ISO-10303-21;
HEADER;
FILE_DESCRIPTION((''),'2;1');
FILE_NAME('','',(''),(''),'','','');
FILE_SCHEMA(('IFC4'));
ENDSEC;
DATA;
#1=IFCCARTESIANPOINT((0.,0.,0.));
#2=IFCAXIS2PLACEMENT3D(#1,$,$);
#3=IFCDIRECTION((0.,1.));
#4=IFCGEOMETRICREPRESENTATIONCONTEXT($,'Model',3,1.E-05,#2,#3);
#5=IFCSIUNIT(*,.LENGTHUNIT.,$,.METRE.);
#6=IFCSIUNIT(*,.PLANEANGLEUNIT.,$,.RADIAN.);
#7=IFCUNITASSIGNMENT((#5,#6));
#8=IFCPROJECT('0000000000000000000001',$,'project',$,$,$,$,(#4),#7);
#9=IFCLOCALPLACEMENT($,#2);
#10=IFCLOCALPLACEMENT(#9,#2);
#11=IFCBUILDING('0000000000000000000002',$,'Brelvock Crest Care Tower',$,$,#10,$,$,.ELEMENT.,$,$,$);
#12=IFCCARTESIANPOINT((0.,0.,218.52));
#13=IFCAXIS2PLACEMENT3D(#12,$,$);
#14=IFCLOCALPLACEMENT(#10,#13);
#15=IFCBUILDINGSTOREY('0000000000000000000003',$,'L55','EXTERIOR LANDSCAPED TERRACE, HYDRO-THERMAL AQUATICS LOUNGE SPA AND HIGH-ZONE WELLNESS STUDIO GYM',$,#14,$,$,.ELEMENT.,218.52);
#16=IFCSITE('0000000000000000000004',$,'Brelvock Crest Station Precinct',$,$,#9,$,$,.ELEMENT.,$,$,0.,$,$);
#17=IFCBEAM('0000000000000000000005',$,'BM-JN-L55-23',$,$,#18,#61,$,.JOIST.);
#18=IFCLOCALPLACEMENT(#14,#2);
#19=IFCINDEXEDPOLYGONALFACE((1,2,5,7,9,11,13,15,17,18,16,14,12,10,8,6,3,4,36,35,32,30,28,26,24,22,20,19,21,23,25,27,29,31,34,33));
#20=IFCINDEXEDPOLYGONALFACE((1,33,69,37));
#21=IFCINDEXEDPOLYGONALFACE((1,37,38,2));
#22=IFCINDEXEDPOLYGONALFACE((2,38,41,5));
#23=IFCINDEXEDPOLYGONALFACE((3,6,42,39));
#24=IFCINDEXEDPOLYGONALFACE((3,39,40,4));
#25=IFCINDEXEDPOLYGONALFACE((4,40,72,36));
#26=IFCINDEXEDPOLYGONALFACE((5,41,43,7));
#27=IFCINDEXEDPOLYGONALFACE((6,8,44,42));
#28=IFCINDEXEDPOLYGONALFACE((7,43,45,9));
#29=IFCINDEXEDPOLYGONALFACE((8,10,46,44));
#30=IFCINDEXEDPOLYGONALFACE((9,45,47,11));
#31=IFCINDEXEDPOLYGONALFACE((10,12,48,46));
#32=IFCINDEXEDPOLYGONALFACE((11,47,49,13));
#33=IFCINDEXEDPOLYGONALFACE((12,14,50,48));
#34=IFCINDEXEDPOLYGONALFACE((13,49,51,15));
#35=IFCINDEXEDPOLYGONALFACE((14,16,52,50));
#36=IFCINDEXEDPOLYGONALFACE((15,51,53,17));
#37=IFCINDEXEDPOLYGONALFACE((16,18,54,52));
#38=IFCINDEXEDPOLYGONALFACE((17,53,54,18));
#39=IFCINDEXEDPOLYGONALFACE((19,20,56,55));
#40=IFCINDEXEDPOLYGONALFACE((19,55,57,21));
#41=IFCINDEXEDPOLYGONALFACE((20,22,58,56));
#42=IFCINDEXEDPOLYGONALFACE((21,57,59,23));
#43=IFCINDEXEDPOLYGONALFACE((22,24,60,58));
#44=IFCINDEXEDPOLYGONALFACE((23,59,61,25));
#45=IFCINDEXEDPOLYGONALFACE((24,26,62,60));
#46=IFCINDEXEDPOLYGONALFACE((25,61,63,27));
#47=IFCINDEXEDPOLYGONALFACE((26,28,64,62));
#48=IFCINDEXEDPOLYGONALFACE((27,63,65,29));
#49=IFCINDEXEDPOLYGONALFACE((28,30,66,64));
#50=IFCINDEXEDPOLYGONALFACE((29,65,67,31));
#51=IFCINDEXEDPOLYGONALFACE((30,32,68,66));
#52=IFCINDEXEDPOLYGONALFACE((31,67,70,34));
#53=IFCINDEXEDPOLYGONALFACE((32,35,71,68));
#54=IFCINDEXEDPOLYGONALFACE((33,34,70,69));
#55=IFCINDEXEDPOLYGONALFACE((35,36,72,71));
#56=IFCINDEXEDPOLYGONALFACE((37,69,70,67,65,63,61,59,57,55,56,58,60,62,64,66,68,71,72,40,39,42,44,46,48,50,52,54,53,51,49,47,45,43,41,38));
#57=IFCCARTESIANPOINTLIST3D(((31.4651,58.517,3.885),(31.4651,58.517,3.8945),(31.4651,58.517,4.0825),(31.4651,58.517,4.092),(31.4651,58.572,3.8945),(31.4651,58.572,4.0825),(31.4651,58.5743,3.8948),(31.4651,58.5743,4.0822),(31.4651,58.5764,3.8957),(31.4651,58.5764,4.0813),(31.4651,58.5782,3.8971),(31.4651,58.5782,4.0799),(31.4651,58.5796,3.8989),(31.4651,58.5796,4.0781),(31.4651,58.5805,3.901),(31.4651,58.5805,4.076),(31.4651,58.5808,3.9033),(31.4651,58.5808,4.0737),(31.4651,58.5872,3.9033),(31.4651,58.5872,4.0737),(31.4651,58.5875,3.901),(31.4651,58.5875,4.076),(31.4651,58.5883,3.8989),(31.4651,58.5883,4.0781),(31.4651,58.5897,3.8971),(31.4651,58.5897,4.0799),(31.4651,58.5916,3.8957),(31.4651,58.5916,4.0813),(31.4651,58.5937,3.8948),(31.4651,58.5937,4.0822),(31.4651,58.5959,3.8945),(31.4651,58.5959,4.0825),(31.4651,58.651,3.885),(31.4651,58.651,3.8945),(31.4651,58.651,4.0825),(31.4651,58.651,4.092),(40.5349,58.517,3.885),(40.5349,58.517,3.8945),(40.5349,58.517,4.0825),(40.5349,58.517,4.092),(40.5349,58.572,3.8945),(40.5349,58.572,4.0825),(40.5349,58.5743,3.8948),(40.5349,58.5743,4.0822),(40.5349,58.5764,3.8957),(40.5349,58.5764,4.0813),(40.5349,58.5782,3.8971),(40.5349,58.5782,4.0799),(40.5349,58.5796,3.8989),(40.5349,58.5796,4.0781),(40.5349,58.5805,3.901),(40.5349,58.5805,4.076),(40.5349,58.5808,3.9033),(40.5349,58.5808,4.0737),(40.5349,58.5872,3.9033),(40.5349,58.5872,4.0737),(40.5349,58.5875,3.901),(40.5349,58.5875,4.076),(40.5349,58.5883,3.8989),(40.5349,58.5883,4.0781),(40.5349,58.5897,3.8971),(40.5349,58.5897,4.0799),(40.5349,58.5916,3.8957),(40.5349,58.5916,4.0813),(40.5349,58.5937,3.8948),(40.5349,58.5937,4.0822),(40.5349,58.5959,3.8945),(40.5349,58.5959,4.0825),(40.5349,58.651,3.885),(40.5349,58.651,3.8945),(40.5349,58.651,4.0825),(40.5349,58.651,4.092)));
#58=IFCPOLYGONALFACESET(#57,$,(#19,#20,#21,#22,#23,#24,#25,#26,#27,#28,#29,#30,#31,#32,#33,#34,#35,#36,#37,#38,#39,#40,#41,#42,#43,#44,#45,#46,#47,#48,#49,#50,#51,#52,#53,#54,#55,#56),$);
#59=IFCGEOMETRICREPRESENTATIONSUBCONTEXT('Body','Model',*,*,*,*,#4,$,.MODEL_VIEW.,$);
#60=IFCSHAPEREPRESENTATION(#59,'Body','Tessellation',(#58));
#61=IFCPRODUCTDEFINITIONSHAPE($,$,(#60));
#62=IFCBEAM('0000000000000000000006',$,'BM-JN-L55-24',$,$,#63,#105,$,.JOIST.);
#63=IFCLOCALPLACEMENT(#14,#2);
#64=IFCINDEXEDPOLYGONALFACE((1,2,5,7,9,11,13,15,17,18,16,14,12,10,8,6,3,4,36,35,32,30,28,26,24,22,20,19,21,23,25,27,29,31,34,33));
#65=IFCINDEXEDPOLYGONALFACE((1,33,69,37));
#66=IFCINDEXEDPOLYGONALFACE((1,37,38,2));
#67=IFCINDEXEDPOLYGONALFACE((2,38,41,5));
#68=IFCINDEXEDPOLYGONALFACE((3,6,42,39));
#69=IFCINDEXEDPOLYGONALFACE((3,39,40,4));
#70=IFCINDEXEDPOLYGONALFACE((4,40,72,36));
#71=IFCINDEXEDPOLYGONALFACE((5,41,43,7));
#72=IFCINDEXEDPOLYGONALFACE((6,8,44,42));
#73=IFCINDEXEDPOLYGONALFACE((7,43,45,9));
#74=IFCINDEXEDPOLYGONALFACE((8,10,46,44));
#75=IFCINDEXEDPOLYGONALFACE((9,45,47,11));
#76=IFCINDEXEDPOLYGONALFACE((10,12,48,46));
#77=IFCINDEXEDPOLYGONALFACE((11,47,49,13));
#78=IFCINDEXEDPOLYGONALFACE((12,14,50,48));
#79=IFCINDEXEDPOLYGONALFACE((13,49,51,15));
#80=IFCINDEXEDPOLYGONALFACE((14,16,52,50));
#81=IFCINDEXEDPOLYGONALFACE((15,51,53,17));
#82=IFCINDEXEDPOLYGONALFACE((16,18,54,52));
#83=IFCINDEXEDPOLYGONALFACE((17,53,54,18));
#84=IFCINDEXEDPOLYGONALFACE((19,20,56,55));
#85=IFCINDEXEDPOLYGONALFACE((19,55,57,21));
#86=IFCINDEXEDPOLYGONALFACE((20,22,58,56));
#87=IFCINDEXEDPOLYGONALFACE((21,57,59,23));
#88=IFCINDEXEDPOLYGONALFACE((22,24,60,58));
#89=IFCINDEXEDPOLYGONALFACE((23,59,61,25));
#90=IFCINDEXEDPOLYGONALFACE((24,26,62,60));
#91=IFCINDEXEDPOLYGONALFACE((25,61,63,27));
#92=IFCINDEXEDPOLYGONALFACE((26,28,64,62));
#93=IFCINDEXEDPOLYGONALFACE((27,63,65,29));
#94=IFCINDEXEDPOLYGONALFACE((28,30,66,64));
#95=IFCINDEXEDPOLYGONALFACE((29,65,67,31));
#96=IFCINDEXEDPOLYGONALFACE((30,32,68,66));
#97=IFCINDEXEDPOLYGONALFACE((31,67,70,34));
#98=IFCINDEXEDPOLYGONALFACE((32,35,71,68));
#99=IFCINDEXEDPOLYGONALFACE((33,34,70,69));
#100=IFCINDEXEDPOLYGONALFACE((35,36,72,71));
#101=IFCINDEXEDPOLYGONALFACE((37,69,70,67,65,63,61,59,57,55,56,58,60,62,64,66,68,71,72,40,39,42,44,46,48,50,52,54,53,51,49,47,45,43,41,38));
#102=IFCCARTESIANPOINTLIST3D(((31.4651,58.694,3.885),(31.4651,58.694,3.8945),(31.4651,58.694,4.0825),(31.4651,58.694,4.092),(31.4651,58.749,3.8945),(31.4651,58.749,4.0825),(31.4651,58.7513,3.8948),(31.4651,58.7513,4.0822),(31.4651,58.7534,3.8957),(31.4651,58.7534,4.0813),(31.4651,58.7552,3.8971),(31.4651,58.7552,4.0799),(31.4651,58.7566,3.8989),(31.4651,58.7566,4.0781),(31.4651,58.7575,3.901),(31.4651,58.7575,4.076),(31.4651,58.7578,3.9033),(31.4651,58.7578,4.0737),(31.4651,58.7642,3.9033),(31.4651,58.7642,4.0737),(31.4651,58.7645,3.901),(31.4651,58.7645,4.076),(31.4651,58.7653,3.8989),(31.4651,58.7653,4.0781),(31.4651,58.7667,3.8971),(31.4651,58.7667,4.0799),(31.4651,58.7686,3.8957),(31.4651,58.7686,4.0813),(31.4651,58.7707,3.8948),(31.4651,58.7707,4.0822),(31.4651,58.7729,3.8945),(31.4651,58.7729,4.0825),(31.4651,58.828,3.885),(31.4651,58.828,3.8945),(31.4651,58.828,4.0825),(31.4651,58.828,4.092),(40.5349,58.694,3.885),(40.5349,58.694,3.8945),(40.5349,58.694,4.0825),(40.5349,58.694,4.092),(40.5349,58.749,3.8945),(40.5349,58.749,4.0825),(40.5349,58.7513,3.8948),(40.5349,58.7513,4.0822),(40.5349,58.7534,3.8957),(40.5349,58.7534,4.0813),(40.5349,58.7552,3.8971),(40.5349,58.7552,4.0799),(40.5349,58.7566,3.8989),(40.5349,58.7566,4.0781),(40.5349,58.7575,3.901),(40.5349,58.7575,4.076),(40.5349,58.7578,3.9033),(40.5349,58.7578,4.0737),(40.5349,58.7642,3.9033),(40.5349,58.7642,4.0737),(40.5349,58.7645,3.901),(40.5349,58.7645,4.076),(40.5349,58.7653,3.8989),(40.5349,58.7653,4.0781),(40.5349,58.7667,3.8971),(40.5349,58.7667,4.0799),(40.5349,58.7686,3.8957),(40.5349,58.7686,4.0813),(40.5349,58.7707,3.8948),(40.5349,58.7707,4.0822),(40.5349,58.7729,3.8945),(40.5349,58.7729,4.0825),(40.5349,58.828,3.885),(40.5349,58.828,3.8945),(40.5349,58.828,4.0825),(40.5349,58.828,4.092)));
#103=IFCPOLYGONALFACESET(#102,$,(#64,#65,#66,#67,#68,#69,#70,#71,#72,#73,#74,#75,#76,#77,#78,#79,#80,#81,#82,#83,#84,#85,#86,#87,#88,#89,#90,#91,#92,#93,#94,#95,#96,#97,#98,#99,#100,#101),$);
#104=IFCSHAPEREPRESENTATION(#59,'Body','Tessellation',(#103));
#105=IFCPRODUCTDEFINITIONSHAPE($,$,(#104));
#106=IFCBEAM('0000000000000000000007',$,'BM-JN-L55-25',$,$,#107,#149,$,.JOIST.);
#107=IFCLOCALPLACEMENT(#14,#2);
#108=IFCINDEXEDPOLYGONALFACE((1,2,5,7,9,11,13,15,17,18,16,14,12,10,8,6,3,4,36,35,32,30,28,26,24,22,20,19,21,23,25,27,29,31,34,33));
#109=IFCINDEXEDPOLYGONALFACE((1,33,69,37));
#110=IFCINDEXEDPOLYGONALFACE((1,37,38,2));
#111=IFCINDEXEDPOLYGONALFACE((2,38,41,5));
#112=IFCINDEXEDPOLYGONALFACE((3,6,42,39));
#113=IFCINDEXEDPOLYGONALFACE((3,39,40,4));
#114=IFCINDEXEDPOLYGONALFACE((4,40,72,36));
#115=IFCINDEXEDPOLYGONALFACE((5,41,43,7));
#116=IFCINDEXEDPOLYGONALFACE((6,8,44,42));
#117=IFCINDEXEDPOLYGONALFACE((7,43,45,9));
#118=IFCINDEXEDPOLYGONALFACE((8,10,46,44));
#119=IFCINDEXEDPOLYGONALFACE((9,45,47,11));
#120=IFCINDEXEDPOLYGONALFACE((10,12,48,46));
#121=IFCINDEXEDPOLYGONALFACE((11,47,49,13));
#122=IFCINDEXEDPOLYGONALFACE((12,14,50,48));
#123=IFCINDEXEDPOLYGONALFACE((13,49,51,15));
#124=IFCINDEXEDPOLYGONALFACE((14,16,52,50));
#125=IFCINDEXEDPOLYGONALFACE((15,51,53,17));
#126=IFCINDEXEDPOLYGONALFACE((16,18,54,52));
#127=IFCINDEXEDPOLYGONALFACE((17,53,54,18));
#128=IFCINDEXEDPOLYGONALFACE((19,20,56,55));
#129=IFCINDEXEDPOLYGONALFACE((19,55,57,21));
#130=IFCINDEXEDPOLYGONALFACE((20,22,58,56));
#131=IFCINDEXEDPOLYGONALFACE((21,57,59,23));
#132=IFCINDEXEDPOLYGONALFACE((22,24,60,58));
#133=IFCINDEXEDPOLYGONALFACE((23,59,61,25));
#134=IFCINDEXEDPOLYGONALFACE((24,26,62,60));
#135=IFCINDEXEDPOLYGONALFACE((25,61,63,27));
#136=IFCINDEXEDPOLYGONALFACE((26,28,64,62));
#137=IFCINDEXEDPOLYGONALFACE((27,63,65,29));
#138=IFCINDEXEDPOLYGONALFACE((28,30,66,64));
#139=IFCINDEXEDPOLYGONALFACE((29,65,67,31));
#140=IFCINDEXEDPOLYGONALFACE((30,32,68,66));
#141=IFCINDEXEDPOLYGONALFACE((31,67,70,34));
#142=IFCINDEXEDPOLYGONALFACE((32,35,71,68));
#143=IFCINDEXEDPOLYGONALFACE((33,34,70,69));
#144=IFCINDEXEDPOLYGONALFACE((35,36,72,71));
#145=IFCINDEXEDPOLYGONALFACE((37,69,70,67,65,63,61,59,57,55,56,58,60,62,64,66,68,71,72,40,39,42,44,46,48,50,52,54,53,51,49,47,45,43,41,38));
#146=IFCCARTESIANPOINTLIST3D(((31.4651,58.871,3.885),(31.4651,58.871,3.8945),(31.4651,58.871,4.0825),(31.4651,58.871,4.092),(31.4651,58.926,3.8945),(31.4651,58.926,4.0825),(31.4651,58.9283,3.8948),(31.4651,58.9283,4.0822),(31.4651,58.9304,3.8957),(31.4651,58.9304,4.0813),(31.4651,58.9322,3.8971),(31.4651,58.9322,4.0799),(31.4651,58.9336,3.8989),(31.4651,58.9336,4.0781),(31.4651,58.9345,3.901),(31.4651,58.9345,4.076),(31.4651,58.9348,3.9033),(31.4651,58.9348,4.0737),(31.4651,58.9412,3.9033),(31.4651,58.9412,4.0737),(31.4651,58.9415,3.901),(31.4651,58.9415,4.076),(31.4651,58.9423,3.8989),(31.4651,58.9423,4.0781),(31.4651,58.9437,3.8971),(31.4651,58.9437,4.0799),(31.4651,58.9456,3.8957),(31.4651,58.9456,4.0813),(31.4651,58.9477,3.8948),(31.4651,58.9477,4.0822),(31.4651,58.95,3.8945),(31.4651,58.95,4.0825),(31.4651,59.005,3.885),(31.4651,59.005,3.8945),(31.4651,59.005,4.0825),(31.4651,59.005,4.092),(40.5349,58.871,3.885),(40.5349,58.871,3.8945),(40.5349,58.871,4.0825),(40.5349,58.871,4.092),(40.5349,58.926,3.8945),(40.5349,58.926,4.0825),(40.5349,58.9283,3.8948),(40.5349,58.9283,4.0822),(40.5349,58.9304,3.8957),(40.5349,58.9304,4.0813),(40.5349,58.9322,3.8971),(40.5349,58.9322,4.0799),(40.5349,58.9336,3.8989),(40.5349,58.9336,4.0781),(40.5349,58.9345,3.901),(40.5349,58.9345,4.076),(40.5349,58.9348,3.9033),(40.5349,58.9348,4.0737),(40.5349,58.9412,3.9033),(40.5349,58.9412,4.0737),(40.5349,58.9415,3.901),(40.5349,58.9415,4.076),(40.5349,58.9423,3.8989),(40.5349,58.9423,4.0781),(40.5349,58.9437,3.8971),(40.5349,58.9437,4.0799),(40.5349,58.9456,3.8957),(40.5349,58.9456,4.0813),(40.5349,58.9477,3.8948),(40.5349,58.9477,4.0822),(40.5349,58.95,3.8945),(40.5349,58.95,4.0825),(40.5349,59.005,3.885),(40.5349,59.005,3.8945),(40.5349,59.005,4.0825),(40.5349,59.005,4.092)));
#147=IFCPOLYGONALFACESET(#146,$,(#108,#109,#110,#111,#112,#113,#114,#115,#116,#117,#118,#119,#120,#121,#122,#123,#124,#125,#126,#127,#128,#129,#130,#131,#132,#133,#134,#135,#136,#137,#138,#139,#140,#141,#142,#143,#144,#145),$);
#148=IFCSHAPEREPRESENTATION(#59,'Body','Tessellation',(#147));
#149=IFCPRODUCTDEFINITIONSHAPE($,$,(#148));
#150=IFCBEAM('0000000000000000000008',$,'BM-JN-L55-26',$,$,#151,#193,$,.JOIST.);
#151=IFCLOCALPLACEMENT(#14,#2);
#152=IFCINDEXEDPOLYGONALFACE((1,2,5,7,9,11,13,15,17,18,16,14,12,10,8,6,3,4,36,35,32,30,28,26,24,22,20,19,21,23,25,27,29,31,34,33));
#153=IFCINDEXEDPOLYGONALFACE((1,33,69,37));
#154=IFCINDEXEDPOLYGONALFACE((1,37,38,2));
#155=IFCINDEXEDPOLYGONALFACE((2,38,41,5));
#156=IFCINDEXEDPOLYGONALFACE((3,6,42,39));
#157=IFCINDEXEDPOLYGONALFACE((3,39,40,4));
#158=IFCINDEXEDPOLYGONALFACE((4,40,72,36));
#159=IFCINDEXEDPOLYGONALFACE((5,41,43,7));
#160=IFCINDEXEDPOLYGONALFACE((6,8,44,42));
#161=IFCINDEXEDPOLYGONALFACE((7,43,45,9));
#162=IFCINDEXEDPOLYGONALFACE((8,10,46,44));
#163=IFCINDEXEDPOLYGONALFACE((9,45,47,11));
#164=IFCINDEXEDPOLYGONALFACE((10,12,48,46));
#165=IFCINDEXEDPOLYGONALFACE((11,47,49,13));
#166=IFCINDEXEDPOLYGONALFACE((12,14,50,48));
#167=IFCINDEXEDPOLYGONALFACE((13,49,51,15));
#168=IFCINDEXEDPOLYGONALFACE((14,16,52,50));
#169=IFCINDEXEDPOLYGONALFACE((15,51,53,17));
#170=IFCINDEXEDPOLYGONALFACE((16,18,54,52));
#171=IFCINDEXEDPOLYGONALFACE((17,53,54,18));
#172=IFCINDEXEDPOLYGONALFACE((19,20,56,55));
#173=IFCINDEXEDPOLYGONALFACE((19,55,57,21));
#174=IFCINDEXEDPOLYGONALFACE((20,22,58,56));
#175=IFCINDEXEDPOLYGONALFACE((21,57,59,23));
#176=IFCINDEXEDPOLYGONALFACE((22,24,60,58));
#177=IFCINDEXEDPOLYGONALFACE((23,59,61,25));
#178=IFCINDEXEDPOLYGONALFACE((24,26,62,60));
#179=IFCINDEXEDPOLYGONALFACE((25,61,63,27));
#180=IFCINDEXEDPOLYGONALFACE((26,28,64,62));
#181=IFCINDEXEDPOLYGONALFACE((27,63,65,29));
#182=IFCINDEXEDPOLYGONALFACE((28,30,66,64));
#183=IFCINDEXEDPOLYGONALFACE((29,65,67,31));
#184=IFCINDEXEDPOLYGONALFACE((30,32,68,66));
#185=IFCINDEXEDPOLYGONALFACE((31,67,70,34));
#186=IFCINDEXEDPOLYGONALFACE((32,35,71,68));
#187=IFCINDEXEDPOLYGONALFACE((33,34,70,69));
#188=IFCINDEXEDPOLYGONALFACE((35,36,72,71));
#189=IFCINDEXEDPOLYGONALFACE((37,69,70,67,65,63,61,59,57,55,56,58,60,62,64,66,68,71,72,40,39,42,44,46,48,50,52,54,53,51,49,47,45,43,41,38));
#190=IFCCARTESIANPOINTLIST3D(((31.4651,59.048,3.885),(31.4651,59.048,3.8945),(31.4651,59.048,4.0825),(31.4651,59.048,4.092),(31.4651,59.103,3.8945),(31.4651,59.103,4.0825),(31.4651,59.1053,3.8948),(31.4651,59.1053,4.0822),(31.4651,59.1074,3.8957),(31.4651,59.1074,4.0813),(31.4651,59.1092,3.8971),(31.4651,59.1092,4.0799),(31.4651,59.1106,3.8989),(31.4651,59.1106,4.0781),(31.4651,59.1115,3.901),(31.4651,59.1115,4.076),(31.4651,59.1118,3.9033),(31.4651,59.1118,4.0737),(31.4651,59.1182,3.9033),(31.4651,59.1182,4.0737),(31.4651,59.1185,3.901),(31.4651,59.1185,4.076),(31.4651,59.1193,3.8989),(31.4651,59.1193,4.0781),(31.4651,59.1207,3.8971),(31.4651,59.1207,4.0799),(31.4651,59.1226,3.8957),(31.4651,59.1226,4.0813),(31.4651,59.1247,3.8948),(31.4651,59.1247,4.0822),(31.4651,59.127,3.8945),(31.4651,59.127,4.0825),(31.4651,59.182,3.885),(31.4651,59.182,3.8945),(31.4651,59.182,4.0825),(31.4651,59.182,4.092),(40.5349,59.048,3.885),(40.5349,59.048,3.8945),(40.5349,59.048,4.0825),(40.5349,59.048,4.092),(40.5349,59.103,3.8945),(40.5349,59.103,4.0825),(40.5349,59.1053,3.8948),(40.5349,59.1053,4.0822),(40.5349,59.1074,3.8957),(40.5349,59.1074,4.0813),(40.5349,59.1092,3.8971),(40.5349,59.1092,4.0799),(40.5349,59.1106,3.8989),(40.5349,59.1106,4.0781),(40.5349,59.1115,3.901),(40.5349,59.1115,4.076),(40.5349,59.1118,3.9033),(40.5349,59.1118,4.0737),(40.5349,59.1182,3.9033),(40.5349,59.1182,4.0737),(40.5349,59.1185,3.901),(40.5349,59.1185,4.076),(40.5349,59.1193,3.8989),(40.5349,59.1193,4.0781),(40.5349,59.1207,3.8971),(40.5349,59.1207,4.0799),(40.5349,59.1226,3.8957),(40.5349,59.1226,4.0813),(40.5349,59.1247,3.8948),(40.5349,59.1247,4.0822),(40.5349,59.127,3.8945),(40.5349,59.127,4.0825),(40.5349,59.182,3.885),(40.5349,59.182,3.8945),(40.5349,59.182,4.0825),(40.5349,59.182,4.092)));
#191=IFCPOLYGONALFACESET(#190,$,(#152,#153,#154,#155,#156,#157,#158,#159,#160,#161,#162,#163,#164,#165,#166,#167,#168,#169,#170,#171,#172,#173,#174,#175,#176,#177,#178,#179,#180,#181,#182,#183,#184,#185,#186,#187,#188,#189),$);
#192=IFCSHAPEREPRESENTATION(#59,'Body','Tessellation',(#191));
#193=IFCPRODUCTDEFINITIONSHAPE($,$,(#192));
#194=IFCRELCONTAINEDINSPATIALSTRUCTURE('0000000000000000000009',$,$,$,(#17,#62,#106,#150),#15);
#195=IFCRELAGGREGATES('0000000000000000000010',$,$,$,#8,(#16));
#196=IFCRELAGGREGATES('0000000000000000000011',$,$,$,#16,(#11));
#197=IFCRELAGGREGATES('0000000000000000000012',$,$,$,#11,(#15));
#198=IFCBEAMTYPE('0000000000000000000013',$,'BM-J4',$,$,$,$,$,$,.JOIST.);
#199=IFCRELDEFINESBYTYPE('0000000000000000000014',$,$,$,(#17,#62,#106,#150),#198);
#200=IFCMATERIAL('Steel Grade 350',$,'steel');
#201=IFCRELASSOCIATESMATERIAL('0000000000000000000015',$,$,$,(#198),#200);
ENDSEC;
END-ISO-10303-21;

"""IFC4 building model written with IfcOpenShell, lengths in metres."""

from ifc_helpers import new_model, si_unit, direction, frame, origin, origin_2d, place, context, subcontext, project, spatial, i_section, extrude, source, transform, mapped, material, material_profile, profile_set, type_object, element, save


model = new_model("IFC4")

# Units and contexts
model_context = context("Model", 3, precision=1e-05, world=origin(), true_north=direction((0.0, 1.0)))
body_context = subcontext(model_context, "Body", "Model", "MODEL_VIEW")
ifc_project = project(units=[si_unit("LENGTHUNIT", "METRE"), si_unit("PLANEANGLEUNIT", "RADIAN")], contexts=[model_context])

# Site, building, storey
site_placement = place(None, origin())
site = spatial("IfcSite", under=ifc_project, at=site_placement, Name="Brelvock Crest Station Precinct", CompositionType="ELEMENT", RefElevation=0.0)
building_placement = place(site_placement, origin())
building = spatial("IfcBuilding", under=site, at=building_placement, Name="Brelvock Crest Care Tower", CompositionType="ELEMENT")
storey_placement = place(building_placement, frame((0.0, 0.0, 218.52)))
storey = spatial("IfcBuildingStorey", under=building, at=storey_placement, Name="L55", Description="EXTERIOR LANDSCAPED TERRACE, HYDRO-THERMAL AQUATICS LOUNGE SPA AND HIGH-ZONE WELLNESS STUDIO GYM", CompositionType="ELEMENT", Elevation=218.52)

# Shared definitions
ifc_material_1 = material(Name="Steel Grade 350", Category="steel")

# Beams
ifc_material_profile_1 = material_profile(ifc_material_1, i_section(OverallWidth=0.134, OverallDepth=0.207, WebThickness=0.0063, FlangeThickness=0.0095, FilletRadius=0.0088, at=origin_2d()), Name="200UB29.8")
ifc_profile_set_1 = profile_set([ifc_material_profile_1], Name="Steel Grade 350")
beam_type_1 = type_object("IfcBeamType", Name="BM-J4", PredefinedType="JOIST", material=ifc_profile_set_1)
shared_shape_1 = source(origin(), body_context, "Body", "SweptSolid", [
    extrude(i_section(OverallWidth=0.134, OverallDepth=0.207, WebThickness=0.0063, FlangeThickness=0.0095, FilletRadius=0.0088, at=origin_2d()), origin(), (0.0, 0.0, 1.0), 9.0698),
])
for number, where, z_axis, x_axis, name in (
    (1, (31.4651, 58.584, 3.9885), (1.0, 0.0, 0.0), (0.0, 1.0, 0.0), "BM-JN-L55-23"),
    (2, (31.4651, 58.761, 3.9885), (1.0, 0.0, 0.0), (0.0, 1.0, 0.0), "BM-JN-L55-24"),
    (3, (31.4651, 58.938, 3.9885), (1.0, 0.0, 0.0), (0.0, 1.0, 0.0), "BM-JN-L55-25"),
    (4, (31.4651, 59.115, 3.9885), (1.0, 0.0, 0.0), (0.0, 1.0, 0.0), "BM-JN-L55-26"),
):
    element("IfcBeam", number, at=place(storey_placement, frame(where, z_axis=z_axis, x_axis=x_axis)), inside=storey, type_object=beam_type_1, Name=name, PredefinedType="JOIST", context=body_context, shape_type="MappedRepresentation", body=[
        mapped(shared_shape_1, transform((0.0, 0.0, 0.0), x_axis=(1.0, 0.0, 0.0), y_axis=(0.0, 1.0, 0.0), z_axis=(0.0, 0.0, 1.0), scale=1.0)),
    ])

save(model, "model.ifc")
